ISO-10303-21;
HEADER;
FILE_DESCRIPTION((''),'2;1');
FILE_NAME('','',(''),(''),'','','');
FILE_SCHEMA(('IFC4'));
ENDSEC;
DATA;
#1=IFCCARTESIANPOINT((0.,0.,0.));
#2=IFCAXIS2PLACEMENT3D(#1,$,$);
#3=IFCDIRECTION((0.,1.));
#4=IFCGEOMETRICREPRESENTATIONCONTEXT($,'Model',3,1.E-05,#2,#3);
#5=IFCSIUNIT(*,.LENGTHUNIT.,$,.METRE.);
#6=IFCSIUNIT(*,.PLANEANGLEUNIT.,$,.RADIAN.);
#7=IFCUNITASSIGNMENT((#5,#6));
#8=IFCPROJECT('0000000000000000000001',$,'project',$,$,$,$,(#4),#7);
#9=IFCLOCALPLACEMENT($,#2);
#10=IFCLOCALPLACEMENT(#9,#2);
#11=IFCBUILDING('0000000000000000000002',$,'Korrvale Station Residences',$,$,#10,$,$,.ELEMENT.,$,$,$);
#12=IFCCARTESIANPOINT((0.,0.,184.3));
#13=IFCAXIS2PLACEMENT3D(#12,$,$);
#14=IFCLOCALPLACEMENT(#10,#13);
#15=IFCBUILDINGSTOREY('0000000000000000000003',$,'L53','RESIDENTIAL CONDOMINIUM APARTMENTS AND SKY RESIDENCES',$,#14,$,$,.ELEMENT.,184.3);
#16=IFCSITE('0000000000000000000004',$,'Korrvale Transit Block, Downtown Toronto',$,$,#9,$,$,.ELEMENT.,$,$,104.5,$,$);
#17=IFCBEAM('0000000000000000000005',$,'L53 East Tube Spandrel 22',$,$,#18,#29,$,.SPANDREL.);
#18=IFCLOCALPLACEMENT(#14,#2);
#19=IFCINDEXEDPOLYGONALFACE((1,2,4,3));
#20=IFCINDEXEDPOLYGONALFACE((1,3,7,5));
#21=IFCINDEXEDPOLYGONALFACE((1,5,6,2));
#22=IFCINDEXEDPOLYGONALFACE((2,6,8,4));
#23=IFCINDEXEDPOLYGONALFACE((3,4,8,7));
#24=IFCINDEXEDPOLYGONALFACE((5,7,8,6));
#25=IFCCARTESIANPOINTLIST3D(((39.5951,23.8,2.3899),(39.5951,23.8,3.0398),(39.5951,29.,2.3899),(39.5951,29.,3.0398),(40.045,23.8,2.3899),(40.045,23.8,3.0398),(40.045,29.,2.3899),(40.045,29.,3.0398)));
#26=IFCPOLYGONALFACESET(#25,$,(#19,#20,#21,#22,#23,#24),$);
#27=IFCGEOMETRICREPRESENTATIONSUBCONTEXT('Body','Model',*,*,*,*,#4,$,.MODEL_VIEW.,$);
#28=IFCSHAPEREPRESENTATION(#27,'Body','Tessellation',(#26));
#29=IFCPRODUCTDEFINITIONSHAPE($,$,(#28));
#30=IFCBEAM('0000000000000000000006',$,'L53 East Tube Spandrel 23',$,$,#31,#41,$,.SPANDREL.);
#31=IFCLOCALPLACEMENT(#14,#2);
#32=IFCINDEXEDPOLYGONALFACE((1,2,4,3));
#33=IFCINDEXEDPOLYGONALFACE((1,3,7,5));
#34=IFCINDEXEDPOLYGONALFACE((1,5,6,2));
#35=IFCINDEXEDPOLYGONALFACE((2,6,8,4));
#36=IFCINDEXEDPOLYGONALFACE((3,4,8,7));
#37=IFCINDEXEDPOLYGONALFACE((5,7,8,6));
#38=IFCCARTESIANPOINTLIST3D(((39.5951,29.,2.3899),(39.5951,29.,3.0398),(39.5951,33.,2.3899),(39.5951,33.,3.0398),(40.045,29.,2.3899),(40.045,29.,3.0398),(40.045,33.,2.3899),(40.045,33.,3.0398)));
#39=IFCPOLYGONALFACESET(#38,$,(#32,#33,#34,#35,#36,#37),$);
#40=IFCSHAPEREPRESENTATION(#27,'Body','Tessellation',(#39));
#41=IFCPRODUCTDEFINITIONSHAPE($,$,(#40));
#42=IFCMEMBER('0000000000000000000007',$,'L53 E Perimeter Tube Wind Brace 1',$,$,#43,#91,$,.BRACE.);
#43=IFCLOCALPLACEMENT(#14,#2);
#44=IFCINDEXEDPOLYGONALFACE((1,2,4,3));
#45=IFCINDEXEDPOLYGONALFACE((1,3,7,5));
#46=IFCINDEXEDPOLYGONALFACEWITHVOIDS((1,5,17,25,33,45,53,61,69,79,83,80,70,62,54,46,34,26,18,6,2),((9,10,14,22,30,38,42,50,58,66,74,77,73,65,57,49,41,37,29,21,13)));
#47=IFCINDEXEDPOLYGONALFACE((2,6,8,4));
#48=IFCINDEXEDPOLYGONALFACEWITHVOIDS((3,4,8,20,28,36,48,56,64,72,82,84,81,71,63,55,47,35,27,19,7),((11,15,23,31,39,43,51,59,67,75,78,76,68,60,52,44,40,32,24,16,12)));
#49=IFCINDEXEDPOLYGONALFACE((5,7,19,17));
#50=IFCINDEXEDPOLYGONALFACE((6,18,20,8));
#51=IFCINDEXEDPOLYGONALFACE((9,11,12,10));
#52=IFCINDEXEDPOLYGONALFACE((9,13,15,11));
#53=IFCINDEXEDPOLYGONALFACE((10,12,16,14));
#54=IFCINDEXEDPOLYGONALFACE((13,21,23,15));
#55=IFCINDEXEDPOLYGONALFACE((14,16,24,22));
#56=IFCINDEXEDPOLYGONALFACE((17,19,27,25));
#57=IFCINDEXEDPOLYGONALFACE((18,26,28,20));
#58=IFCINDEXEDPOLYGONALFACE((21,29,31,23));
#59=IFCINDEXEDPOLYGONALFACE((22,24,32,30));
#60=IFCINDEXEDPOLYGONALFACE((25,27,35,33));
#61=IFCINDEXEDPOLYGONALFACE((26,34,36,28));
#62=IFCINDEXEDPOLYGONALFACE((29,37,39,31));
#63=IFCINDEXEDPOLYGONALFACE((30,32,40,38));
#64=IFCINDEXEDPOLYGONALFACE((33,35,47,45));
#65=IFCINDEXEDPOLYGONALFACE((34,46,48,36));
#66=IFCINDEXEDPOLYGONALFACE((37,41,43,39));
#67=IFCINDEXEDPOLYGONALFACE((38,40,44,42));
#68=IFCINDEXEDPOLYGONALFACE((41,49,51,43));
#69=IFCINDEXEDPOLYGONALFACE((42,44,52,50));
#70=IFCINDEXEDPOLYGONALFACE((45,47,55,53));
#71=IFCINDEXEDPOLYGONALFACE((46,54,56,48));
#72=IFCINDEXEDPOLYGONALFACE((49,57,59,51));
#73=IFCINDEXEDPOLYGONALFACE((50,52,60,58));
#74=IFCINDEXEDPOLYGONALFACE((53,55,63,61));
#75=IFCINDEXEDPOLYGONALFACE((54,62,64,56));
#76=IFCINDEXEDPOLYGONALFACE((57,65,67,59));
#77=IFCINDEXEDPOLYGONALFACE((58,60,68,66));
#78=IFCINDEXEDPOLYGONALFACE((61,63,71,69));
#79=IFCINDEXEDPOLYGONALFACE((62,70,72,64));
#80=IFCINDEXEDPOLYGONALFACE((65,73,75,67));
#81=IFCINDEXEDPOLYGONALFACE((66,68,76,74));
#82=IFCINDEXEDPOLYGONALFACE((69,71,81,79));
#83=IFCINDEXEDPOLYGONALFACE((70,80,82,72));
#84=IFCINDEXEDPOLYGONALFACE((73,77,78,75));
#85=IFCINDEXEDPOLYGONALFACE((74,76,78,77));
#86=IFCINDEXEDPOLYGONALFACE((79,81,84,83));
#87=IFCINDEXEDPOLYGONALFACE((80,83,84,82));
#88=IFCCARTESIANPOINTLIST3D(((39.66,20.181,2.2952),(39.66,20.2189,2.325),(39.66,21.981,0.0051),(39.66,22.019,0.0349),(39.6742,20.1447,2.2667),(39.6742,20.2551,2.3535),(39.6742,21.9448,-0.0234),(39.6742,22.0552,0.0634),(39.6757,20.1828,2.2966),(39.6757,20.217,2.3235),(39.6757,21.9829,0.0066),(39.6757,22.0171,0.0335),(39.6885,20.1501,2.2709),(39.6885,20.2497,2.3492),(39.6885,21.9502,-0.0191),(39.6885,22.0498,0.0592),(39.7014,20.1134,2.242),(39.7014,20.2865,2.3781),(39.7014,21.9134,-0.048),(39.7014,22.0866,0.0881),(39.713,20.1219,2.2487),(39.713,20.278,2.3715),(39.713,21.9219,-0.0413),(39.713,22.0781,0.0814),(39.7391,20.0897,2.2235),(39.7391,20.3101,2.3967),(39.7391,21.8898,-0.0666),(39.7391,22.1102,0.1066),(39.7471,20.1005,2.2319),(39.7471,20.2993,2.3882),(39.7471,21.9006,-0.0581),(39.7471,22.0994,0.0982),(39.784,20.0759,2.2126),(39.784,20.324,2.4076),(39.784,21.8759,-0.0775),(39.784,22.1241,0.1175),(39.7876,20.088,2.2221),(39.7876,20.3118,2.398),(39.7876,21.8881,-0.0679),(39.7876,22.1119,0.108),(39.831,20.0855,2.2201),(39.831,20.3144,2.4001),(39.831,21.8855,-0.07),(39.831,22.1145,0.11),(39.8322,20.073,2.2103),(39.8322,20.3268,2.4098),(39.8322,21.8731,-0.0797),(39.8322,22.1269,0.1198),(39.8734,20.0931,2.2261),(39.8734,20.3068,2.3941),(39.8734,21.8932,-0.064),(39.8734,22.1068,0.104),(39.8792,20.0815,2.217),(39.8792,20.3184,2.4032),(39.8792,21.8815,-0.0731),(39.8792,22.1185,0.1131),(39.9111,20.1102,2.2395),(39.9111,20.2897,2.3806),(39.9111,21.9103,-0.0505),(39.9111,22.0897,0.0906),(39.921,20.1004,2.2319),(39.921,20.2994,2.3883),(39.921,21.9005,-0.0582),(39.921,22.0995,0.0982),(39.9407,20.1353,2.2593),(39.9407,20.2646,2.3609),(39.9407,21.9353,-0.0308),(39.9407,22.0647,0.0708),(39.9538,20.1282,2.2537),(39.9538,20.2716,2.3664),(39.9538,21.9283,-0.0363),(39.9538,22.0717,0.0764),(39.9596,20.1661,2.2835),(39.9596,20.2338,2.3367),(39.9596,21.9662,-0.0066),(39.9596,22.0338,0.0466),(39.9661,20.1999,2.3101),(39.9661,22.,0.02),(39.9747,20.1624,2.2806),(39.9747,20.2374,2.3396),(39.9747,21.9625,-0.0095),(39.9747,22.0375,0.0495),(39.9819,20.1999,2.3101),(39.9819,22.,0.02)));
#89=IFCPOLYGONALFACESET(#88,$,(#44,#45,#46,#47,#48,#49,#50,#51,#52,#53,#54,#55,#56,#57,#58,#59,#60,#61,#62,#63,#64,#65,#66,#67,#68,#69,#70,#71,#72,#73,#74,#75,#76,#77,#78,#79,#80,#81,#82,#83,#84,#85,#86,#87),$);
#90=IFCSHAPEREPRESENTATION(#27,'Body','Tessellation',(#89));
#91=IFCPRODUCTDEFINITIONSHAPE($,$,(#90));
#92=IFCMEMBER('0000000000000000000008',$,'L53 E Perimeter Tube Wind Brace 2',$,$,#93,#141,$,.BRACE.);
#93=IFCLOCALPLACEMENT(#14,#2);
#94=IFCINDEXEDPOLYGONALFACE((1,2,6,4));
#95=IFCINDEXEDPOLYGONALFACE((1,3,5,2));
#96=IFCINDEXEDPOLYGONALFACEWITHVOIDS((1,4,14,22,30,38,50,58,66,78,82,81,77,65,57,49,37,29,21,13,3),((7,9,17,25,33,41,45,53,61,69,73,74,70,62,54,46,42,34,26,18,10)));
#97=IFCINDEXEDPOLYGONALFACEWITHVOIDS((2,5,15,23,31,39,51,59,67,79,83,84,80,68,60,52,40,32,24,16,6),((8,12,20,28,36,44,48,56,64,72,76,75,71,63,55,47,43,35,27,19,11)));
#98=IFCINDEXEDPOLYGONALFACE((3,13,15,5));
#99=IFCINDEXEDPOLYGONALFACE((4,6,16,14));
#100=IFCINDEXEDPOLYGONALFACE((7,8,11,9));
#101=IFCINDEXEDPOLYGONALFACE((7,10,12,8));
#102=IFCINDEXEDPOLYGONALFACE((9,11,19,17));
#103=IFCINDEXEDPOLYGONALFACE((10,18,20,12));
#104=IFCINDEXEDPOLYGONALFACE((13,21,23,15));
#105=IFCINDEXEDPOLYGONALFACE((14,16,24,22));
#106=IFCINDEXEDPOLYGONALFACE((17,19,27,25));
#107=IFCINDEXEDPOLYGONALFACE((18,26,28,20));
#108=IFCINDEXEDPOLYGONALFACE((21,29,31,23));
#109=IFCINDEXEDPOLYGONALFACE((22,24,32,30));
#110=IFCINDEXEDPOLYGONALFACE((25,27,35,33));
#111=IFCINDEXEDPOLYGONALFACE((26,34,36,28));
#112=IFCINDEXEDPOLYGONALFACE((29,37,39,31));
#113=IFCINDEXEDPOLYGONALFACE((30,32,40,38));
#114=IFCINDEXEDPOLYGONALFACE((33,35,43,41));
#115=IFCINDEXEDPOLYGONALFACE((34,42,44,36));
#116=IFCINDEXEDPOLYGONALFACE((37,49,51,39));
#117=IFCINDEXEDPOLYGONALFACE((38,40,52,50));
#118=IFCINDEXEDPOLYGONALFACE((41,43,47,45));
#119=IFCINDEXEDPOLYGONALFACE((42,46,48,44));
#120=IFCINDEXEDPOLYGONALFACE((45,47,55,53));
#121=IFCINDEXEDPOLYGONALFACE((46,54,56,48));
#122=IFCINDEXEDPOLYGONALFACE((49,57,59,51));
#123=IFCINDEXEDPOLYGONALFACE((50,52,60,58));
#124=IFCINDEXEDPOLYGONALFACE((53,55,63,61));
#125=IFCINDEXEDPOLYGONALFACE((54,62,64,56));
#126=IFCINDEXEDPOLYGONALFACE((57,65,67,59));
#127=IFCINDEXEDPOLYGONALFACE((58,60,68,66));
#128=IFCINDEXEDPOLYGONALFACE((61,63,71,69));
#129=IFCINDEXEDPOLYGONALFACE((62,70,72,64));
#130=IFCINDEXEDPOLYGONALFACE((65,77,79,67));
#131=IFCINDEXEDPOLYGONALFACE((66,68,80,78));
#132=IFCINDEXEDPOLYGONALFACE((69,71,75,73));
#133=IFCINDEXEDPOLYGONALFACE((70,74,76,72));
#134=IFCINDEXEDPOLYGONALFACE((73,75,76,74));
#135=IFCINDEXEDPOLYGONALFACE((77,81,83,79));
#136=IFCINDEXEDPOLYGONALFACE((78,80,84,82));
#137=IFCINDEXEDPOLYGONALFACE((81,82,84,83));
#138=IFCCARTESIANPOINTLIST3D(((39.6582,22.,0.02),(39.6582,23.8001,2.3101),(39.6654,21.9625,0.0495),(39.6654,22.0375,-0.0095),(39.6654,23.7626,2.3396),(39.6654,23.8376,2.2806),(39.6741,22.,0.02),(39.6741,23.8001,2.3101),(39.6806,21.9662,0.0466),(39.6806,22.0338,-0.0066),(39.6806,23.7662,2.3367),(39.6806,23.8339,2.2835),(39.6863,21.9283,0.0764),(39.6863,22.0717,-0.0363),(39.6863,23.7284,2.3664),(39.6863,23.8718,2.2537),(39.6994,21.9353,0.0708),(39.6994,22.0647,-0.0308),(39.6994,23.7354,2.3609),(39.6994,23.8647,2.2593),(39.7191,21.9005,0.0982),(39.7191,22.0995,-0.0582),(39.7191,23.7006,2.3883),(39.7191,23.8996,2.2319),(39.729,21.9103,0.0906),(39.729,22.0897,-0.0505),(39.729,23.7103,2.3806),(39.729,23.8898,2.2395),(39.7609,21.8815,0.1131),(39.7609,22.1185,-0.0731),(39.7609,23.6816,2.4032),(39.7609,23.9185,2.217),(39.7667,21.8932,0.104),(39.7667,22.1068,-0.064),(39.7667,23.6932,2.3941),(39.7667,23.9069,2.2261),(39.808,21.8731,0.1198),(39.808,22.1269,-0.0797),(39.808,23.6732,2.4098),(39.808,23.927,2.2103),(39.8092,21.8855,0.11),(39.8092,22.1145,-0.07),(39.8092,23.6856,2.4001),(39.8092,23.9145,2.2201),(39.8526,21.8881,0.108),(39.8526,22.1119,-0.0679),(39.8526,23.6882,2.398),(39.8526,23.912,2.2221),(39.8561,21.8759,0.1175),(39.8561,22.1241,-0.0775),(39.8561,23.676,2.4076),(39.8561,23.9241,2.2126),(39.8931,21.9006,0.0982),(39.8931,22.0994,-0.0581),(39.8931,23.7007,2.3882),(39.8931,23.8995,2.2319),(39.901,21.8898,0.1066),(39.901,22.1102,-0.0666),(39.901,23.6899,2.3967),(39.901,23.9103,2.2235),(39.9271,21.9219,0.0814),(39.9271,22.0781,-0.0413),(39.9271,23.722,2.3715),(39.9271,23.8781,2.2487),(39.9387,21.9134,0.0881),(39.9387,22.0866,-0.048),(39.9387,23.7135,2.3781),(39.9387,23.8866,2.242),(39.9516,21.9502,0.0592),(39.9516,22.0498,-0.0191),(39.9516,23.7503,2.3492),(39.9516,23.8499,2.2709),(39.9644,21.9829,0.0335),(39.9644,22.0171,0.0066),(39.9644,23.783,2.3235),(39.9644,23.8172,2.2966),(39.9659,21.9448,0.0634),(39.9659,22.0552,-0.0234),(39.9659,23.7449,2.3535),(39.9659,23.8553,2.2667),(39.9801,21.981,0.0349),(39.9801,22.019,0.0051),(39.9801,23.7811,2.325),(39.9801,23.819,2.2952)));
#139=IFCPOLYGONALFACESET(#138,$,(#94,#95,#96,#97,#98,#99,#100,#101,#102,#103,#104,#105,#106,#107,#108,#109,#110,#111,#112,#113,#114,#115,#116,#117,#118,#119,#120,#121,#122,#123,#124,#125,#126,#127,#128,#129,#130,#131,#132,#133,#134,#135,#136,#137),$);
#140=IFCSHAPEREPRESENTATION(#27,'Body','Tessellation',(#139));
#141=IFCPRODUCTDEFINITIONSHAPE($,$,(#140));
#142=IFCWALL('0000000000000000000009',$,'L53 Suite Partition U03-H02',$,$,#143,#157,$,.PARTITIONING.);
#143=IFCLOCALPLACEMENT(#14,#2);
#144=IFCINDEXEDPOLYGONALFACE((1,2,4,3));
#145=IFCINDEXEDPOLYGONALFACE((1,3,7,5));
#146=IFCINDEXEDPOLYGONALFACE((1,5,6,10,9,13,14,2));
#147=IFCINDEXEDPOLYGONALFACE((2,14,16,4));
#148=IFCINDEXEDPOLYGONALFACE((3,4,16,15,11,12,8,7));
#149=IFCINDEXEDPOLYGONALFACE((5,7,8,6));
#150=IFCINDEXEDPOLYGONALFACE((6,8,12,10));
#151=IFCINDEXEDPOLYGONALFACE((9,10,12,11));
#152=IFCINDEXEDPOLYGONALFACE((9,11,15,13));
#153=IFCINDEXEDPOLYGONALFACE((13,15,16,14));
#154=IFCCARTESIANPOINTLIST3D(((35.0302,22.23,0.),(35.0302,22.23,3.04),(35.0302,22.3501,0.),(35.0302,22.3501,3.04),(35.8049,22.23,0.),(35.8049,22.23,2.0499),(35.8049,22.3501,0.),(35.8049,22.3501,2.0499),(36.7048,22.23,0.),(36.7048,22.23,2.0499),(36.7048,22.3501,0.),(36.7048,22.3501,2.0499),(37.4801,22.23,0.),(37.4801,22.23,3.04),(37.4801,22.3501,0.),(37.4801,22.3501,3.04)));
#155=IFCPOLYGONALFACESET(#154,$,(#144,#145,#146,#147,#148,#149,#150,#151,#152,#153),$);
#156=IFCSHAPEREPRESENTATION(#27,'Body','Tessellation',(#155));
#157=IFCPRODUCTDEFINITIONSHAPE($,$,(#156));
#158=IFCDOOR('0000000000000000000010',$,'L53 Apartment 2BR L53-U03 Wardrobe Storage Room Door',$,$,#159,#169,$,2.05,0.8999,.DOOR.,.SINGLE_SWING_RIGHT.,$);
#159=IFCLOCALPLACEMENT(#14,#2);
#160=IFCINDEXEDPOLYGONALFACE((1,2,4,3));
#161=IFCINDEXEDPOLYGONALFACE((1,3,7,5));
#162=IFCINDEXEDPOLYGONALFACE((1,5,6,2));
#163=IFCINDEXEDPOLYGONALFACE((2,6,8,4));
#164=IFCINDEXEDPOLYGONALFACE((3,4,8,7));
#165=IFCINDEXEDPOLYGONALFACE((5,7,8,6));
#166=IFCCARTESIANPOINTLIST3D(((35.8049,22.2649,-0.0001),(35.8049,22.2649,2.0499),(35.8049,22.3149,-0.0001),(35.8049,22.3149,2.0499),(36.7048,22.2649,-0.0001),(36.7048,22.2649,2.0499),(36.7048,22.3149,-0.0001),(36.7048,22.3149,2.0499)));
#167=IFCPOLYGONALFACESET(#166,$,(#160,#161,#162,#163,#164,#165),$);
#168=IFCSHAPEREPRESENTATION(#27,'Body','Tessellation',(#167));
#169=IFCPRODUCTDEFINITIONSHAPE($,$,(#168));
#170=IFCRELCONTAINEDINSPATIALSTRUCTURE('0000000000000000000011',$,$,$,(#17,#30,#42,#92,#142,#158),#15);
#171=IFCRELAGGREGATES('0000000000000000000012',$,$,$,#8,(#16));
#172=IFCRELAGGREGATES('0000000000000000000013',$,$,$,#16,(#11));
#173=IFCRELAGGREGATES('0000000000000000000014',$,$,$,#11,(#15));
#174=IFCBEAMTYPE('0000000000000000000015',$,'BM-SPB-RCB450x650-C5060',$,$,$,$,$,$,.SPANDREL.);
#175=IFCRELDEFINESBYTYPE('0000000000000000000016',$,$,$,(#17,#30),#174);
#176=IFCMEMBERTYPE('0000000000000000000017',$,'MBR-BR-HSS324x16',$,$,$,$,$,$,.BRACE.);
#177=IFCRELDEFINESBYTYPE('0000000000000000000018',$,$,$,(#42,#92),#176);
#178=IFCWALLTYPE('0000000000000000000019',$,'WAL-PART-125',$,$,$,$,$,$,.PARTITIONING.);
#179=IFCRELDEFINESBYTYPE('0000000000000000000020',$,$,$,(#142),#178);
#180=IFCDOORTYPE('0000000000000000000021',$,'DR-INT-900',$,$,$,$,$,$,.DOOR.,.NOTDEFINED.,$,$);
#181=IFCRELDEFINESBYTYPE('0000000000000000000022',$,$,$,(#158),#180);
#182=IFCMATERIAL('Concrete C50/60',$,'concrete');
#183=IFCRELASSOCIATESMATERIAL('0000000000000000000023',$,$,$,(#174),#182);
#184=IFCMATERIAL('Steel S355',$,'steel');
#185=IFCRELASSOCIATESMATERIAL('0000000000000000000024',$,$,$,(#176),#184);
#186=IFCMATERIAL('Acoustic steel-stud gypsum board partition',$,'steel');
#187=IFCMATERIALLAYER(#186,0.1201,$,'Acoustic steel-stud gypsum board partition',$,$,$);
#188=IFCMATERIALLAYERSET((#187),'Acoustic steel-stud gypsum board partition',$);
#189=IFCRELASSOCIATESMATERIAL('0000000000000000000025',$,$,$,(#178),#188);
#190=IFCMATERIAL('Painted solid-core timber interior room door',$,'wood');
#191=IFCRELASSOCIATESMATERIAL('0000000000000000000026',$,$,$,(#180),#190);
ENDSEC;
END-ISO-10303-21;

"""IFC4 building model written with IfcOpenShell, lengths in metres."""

from ifc_helpers import new_model, si_unit, direction, frame, frame_2d, origin, origin_2d, place, context, subcontext, project, spatial, rectangle, hollow_circle, extrude, material, layer, layer_set, material_profile, profile_set, type_object, element, fill, save


model = new_model("IFC4")

# Units and contexts
model_context = context("Model", 3, precision=1e-05, world=origin(), true_north=direction((0.0, 1.0)))
body_context = subcontext(model_context, "Body", "Model", "MODEL_VIEW")
ifc_project = project(units=[si_unit("LENGTHUNIT", "METRE"), si_unit("PLANEANGLEUNIT", "RADIAN")], contexts=[model_context])

# Site, building, storey
site_placement = place(None, origin())
site = spatial("IfcSite", under=ifc_project, at=site_placement, Name="Korrvale Transit Block, Downtown Toronto", CompositionType="ELEMENT", RefElevation=104.5)
building_placement = place(site_placement, origin())
building = spatial("IfcBuilding", under=site, at=building_placement, Name="Korrvale Station Residences", CompositionType="ELEMENT")
storey_placement = place(building_placement, frame((0.0, 0.0, 184.3)))
storey = spatial("IfcBuildingStorey", under=building, at=storey_placement, Name="L53", Description="RESIDENTIAL CONDOMINIUM APARTMENTS AND SKY RESIDENCES", CompositionType="ELEMENT", Elevation=184.3)

# Shared definitions
ifc_material_1 = material(Name="Concrete C50/60", Category="concrete")

# Beams
ifc_material_2 = material(Name="Steel S355", Category="steel")
ifc_material_profile_1 = material_profile(ifc_material_1, rectangle(XDim=0.45, YDim=0.6499, at=origin_2d()), Name="RCB450x650")
ifc_profile_set_1 = profile_set([ifc_material_profile_1], Name="Concrete C50/60")
beam_type_1 = type_object("IfcBeamType", Name="BM-SPB-RCB450x650-C5060", PredefinedType="SPANDREL", material=ifc_profile_set_1)
beam_1_placement = place(storey_placement, frame((39.8201, 23.8, 2.7148), z_axis=(0.0, 1.0, 0.0), x_axis=(-1.0, 0.0, 0.0)))
element("IfcBeam", 1, at=beam_1_placement, inside=storey, type_object=beam_type_1, Name="L53 East Tube Spandrel 22", PredefinedType="SPANDREL", context=body_context, shape_type="SweptSolid", body=[
    extrude(rectangle(XDim=0.45, YDim=0.6499, at=origin_2d()), origin(), (0.0, 0.0, 1.0), 5.2),
])
beam_2_placement = place(storey_placement, frame((39.8201, 29.0, 2.7148), z_axis=(0.0, 1.0, 0.0), x_axis=(-1.0, 0.0, 0.0)))
element("IfcBeam", 2, at=beam_2_placement, inside=storey, type_object=beam_type_1, Name="L53 East Tube Spandrel 23", PredefinedType="SPANDREL", context=body_context, shape_type="SweptSolid", body=[
    extrude(rectangle(XDim=0.45, YDim=0.6499, at=origin_2d()), origin(), (0.0, 0.0, 1.0), 4.0),
])

# Members
ifc_material_profile_2 = material_profile(ifc_material_2, hollow_circle(Radius=0.1619, WallThickness=0.0159, at=origin_2d()), Name="HSS324x16")
ifc_profile_set_2 = profile_set([ifc_material_profile_2], Name="Steel S355")
member_type = type_object("IfcMemberType", Name="MBR-BR-HSS324x16", PredefinedType="BRACE", material=ifc_profile_set_2)
for number, where, z_axis, x_axis, name in (
    (3, (39.8201, 22.0, 0.02), (0.0, -0.617977, 0.786196), (1.0, 0.0, 0.0), "L53 E Perimeter Tube Wind Brace 1"),
    (4, (39.8201, 22.0, 0.02), (0.0, 0.617977, 0.786196), (-1.0, 0.0, 0.0), "L53 E Perimeter Tube Wind Brace 2"),
):
    element("IfcMember", number, at=place(storey_placement, frame(where, z_axis=z_axis, x_axis=x_axis)), inside=storey, type_object=member_type, Name=name, PredefinedType="BRACE", context=body_context, shape_type="SweptSolid", body=[
        extrude(hollow_circle(Radius=0.1619, WallThickness=0.0159, at=origin_2d()), origin(), (0.0, 0.0, 1.0), 2.9128),
    ])

# Wall, opening, door
ifc_material_3 = material(Name="Acoustic steel-stud gypsum board partition", Category="steel")
ifc_layer_1 = layer(ifc_material_3, 0.1201, Name="Acoustic steel-stud gypsum board partition")
ifc_layer_set_1 = layer_set([ifc_layer_1], Name="Acoustic steel-stud gypsum board partition")
wall_type_1 = type_object("IfcWallType", Name="WAL-PART-125", PredefinedType="PARTITIONING", material=ifc_layer_set_1)
wall_1_placement = place(storey_placement, frame((35.03, 22.29, 0.0), z_axis=(0.0, 0.0, 1.0), x_axis=(1.0, 0.0, 0.0)))
wall_1 = element("IfcWall", 5, at=wall_1_placement, inside=storey, type_object=wall_type_1, Name="L53 Suite Partition U03-H02", PredefinedType="PARTITIONING", context=body_context, shape_type="SweptSolid", body=[
    extrude(rectangle(XDim=2.45, YDim=0.1201, at=frame_2d((1.2251, 0.0))), origin(), (0.0, 0.0, 1.0), 3.04),
])
opening_1_placement = place(wall_1_placement, frame((0.7749, 0.0, 0.0)))
opening_1 = element("IfcOpeningElement", 6, at=opening_1_placement, cuts=wall_1, PredefinedType="OPENING", context=body_context, shape_type="SweptSolid", body=[
    extrude(rectangle(XDim=0.8999, YDim=2.05, at=frame_2d((0.45, 1.0249))), frame((0.0, 0.0701, 0.0), z_axis=(0.0, -1.0, 0.0), x_axis=(1.0, 0.0, 0.0)), (0.0, 0.0, 1.0), 0.1401),
])
ifc_material_4 = material(Name="Painted solid-core timber interior room door", Category="wood")
door_type = type_object("IfcDoorType", Name="DR-INT-900", OperationType="NOTDEFINED", PredefinedType="DOOR", material=ifc_material_4)
door_1_placement = place(opening_1_placement, origin())
door_1 = element("IfcDoor", 7, at=door_1_placement, inside=storey, type_object=door_type, Name="L53 Apartment 2BR L53-U03 Wardrobe Storage Room Door", OperationType="SINGLE_SWING_RIGHT", OverallHeight=2.05, OverallWidth=0.8999, PredefinedType="DOOR", context=body_context, shape_type="SweptSolid", body=[
    extrude(rectangle(XDim=0.8999, YDim=2.05, at=frame_2d((0.45, 1.0249))), frame((0.0, 0.0249, 0.0), z_axis=(0.0, -1.0, 0.0), x_axis=(1.0, 0.0, 0.0)), (0.0, 0.0, 1.0), 0.05),
])
fill(opening_1, door_1)

save(model, "model.ifc")
